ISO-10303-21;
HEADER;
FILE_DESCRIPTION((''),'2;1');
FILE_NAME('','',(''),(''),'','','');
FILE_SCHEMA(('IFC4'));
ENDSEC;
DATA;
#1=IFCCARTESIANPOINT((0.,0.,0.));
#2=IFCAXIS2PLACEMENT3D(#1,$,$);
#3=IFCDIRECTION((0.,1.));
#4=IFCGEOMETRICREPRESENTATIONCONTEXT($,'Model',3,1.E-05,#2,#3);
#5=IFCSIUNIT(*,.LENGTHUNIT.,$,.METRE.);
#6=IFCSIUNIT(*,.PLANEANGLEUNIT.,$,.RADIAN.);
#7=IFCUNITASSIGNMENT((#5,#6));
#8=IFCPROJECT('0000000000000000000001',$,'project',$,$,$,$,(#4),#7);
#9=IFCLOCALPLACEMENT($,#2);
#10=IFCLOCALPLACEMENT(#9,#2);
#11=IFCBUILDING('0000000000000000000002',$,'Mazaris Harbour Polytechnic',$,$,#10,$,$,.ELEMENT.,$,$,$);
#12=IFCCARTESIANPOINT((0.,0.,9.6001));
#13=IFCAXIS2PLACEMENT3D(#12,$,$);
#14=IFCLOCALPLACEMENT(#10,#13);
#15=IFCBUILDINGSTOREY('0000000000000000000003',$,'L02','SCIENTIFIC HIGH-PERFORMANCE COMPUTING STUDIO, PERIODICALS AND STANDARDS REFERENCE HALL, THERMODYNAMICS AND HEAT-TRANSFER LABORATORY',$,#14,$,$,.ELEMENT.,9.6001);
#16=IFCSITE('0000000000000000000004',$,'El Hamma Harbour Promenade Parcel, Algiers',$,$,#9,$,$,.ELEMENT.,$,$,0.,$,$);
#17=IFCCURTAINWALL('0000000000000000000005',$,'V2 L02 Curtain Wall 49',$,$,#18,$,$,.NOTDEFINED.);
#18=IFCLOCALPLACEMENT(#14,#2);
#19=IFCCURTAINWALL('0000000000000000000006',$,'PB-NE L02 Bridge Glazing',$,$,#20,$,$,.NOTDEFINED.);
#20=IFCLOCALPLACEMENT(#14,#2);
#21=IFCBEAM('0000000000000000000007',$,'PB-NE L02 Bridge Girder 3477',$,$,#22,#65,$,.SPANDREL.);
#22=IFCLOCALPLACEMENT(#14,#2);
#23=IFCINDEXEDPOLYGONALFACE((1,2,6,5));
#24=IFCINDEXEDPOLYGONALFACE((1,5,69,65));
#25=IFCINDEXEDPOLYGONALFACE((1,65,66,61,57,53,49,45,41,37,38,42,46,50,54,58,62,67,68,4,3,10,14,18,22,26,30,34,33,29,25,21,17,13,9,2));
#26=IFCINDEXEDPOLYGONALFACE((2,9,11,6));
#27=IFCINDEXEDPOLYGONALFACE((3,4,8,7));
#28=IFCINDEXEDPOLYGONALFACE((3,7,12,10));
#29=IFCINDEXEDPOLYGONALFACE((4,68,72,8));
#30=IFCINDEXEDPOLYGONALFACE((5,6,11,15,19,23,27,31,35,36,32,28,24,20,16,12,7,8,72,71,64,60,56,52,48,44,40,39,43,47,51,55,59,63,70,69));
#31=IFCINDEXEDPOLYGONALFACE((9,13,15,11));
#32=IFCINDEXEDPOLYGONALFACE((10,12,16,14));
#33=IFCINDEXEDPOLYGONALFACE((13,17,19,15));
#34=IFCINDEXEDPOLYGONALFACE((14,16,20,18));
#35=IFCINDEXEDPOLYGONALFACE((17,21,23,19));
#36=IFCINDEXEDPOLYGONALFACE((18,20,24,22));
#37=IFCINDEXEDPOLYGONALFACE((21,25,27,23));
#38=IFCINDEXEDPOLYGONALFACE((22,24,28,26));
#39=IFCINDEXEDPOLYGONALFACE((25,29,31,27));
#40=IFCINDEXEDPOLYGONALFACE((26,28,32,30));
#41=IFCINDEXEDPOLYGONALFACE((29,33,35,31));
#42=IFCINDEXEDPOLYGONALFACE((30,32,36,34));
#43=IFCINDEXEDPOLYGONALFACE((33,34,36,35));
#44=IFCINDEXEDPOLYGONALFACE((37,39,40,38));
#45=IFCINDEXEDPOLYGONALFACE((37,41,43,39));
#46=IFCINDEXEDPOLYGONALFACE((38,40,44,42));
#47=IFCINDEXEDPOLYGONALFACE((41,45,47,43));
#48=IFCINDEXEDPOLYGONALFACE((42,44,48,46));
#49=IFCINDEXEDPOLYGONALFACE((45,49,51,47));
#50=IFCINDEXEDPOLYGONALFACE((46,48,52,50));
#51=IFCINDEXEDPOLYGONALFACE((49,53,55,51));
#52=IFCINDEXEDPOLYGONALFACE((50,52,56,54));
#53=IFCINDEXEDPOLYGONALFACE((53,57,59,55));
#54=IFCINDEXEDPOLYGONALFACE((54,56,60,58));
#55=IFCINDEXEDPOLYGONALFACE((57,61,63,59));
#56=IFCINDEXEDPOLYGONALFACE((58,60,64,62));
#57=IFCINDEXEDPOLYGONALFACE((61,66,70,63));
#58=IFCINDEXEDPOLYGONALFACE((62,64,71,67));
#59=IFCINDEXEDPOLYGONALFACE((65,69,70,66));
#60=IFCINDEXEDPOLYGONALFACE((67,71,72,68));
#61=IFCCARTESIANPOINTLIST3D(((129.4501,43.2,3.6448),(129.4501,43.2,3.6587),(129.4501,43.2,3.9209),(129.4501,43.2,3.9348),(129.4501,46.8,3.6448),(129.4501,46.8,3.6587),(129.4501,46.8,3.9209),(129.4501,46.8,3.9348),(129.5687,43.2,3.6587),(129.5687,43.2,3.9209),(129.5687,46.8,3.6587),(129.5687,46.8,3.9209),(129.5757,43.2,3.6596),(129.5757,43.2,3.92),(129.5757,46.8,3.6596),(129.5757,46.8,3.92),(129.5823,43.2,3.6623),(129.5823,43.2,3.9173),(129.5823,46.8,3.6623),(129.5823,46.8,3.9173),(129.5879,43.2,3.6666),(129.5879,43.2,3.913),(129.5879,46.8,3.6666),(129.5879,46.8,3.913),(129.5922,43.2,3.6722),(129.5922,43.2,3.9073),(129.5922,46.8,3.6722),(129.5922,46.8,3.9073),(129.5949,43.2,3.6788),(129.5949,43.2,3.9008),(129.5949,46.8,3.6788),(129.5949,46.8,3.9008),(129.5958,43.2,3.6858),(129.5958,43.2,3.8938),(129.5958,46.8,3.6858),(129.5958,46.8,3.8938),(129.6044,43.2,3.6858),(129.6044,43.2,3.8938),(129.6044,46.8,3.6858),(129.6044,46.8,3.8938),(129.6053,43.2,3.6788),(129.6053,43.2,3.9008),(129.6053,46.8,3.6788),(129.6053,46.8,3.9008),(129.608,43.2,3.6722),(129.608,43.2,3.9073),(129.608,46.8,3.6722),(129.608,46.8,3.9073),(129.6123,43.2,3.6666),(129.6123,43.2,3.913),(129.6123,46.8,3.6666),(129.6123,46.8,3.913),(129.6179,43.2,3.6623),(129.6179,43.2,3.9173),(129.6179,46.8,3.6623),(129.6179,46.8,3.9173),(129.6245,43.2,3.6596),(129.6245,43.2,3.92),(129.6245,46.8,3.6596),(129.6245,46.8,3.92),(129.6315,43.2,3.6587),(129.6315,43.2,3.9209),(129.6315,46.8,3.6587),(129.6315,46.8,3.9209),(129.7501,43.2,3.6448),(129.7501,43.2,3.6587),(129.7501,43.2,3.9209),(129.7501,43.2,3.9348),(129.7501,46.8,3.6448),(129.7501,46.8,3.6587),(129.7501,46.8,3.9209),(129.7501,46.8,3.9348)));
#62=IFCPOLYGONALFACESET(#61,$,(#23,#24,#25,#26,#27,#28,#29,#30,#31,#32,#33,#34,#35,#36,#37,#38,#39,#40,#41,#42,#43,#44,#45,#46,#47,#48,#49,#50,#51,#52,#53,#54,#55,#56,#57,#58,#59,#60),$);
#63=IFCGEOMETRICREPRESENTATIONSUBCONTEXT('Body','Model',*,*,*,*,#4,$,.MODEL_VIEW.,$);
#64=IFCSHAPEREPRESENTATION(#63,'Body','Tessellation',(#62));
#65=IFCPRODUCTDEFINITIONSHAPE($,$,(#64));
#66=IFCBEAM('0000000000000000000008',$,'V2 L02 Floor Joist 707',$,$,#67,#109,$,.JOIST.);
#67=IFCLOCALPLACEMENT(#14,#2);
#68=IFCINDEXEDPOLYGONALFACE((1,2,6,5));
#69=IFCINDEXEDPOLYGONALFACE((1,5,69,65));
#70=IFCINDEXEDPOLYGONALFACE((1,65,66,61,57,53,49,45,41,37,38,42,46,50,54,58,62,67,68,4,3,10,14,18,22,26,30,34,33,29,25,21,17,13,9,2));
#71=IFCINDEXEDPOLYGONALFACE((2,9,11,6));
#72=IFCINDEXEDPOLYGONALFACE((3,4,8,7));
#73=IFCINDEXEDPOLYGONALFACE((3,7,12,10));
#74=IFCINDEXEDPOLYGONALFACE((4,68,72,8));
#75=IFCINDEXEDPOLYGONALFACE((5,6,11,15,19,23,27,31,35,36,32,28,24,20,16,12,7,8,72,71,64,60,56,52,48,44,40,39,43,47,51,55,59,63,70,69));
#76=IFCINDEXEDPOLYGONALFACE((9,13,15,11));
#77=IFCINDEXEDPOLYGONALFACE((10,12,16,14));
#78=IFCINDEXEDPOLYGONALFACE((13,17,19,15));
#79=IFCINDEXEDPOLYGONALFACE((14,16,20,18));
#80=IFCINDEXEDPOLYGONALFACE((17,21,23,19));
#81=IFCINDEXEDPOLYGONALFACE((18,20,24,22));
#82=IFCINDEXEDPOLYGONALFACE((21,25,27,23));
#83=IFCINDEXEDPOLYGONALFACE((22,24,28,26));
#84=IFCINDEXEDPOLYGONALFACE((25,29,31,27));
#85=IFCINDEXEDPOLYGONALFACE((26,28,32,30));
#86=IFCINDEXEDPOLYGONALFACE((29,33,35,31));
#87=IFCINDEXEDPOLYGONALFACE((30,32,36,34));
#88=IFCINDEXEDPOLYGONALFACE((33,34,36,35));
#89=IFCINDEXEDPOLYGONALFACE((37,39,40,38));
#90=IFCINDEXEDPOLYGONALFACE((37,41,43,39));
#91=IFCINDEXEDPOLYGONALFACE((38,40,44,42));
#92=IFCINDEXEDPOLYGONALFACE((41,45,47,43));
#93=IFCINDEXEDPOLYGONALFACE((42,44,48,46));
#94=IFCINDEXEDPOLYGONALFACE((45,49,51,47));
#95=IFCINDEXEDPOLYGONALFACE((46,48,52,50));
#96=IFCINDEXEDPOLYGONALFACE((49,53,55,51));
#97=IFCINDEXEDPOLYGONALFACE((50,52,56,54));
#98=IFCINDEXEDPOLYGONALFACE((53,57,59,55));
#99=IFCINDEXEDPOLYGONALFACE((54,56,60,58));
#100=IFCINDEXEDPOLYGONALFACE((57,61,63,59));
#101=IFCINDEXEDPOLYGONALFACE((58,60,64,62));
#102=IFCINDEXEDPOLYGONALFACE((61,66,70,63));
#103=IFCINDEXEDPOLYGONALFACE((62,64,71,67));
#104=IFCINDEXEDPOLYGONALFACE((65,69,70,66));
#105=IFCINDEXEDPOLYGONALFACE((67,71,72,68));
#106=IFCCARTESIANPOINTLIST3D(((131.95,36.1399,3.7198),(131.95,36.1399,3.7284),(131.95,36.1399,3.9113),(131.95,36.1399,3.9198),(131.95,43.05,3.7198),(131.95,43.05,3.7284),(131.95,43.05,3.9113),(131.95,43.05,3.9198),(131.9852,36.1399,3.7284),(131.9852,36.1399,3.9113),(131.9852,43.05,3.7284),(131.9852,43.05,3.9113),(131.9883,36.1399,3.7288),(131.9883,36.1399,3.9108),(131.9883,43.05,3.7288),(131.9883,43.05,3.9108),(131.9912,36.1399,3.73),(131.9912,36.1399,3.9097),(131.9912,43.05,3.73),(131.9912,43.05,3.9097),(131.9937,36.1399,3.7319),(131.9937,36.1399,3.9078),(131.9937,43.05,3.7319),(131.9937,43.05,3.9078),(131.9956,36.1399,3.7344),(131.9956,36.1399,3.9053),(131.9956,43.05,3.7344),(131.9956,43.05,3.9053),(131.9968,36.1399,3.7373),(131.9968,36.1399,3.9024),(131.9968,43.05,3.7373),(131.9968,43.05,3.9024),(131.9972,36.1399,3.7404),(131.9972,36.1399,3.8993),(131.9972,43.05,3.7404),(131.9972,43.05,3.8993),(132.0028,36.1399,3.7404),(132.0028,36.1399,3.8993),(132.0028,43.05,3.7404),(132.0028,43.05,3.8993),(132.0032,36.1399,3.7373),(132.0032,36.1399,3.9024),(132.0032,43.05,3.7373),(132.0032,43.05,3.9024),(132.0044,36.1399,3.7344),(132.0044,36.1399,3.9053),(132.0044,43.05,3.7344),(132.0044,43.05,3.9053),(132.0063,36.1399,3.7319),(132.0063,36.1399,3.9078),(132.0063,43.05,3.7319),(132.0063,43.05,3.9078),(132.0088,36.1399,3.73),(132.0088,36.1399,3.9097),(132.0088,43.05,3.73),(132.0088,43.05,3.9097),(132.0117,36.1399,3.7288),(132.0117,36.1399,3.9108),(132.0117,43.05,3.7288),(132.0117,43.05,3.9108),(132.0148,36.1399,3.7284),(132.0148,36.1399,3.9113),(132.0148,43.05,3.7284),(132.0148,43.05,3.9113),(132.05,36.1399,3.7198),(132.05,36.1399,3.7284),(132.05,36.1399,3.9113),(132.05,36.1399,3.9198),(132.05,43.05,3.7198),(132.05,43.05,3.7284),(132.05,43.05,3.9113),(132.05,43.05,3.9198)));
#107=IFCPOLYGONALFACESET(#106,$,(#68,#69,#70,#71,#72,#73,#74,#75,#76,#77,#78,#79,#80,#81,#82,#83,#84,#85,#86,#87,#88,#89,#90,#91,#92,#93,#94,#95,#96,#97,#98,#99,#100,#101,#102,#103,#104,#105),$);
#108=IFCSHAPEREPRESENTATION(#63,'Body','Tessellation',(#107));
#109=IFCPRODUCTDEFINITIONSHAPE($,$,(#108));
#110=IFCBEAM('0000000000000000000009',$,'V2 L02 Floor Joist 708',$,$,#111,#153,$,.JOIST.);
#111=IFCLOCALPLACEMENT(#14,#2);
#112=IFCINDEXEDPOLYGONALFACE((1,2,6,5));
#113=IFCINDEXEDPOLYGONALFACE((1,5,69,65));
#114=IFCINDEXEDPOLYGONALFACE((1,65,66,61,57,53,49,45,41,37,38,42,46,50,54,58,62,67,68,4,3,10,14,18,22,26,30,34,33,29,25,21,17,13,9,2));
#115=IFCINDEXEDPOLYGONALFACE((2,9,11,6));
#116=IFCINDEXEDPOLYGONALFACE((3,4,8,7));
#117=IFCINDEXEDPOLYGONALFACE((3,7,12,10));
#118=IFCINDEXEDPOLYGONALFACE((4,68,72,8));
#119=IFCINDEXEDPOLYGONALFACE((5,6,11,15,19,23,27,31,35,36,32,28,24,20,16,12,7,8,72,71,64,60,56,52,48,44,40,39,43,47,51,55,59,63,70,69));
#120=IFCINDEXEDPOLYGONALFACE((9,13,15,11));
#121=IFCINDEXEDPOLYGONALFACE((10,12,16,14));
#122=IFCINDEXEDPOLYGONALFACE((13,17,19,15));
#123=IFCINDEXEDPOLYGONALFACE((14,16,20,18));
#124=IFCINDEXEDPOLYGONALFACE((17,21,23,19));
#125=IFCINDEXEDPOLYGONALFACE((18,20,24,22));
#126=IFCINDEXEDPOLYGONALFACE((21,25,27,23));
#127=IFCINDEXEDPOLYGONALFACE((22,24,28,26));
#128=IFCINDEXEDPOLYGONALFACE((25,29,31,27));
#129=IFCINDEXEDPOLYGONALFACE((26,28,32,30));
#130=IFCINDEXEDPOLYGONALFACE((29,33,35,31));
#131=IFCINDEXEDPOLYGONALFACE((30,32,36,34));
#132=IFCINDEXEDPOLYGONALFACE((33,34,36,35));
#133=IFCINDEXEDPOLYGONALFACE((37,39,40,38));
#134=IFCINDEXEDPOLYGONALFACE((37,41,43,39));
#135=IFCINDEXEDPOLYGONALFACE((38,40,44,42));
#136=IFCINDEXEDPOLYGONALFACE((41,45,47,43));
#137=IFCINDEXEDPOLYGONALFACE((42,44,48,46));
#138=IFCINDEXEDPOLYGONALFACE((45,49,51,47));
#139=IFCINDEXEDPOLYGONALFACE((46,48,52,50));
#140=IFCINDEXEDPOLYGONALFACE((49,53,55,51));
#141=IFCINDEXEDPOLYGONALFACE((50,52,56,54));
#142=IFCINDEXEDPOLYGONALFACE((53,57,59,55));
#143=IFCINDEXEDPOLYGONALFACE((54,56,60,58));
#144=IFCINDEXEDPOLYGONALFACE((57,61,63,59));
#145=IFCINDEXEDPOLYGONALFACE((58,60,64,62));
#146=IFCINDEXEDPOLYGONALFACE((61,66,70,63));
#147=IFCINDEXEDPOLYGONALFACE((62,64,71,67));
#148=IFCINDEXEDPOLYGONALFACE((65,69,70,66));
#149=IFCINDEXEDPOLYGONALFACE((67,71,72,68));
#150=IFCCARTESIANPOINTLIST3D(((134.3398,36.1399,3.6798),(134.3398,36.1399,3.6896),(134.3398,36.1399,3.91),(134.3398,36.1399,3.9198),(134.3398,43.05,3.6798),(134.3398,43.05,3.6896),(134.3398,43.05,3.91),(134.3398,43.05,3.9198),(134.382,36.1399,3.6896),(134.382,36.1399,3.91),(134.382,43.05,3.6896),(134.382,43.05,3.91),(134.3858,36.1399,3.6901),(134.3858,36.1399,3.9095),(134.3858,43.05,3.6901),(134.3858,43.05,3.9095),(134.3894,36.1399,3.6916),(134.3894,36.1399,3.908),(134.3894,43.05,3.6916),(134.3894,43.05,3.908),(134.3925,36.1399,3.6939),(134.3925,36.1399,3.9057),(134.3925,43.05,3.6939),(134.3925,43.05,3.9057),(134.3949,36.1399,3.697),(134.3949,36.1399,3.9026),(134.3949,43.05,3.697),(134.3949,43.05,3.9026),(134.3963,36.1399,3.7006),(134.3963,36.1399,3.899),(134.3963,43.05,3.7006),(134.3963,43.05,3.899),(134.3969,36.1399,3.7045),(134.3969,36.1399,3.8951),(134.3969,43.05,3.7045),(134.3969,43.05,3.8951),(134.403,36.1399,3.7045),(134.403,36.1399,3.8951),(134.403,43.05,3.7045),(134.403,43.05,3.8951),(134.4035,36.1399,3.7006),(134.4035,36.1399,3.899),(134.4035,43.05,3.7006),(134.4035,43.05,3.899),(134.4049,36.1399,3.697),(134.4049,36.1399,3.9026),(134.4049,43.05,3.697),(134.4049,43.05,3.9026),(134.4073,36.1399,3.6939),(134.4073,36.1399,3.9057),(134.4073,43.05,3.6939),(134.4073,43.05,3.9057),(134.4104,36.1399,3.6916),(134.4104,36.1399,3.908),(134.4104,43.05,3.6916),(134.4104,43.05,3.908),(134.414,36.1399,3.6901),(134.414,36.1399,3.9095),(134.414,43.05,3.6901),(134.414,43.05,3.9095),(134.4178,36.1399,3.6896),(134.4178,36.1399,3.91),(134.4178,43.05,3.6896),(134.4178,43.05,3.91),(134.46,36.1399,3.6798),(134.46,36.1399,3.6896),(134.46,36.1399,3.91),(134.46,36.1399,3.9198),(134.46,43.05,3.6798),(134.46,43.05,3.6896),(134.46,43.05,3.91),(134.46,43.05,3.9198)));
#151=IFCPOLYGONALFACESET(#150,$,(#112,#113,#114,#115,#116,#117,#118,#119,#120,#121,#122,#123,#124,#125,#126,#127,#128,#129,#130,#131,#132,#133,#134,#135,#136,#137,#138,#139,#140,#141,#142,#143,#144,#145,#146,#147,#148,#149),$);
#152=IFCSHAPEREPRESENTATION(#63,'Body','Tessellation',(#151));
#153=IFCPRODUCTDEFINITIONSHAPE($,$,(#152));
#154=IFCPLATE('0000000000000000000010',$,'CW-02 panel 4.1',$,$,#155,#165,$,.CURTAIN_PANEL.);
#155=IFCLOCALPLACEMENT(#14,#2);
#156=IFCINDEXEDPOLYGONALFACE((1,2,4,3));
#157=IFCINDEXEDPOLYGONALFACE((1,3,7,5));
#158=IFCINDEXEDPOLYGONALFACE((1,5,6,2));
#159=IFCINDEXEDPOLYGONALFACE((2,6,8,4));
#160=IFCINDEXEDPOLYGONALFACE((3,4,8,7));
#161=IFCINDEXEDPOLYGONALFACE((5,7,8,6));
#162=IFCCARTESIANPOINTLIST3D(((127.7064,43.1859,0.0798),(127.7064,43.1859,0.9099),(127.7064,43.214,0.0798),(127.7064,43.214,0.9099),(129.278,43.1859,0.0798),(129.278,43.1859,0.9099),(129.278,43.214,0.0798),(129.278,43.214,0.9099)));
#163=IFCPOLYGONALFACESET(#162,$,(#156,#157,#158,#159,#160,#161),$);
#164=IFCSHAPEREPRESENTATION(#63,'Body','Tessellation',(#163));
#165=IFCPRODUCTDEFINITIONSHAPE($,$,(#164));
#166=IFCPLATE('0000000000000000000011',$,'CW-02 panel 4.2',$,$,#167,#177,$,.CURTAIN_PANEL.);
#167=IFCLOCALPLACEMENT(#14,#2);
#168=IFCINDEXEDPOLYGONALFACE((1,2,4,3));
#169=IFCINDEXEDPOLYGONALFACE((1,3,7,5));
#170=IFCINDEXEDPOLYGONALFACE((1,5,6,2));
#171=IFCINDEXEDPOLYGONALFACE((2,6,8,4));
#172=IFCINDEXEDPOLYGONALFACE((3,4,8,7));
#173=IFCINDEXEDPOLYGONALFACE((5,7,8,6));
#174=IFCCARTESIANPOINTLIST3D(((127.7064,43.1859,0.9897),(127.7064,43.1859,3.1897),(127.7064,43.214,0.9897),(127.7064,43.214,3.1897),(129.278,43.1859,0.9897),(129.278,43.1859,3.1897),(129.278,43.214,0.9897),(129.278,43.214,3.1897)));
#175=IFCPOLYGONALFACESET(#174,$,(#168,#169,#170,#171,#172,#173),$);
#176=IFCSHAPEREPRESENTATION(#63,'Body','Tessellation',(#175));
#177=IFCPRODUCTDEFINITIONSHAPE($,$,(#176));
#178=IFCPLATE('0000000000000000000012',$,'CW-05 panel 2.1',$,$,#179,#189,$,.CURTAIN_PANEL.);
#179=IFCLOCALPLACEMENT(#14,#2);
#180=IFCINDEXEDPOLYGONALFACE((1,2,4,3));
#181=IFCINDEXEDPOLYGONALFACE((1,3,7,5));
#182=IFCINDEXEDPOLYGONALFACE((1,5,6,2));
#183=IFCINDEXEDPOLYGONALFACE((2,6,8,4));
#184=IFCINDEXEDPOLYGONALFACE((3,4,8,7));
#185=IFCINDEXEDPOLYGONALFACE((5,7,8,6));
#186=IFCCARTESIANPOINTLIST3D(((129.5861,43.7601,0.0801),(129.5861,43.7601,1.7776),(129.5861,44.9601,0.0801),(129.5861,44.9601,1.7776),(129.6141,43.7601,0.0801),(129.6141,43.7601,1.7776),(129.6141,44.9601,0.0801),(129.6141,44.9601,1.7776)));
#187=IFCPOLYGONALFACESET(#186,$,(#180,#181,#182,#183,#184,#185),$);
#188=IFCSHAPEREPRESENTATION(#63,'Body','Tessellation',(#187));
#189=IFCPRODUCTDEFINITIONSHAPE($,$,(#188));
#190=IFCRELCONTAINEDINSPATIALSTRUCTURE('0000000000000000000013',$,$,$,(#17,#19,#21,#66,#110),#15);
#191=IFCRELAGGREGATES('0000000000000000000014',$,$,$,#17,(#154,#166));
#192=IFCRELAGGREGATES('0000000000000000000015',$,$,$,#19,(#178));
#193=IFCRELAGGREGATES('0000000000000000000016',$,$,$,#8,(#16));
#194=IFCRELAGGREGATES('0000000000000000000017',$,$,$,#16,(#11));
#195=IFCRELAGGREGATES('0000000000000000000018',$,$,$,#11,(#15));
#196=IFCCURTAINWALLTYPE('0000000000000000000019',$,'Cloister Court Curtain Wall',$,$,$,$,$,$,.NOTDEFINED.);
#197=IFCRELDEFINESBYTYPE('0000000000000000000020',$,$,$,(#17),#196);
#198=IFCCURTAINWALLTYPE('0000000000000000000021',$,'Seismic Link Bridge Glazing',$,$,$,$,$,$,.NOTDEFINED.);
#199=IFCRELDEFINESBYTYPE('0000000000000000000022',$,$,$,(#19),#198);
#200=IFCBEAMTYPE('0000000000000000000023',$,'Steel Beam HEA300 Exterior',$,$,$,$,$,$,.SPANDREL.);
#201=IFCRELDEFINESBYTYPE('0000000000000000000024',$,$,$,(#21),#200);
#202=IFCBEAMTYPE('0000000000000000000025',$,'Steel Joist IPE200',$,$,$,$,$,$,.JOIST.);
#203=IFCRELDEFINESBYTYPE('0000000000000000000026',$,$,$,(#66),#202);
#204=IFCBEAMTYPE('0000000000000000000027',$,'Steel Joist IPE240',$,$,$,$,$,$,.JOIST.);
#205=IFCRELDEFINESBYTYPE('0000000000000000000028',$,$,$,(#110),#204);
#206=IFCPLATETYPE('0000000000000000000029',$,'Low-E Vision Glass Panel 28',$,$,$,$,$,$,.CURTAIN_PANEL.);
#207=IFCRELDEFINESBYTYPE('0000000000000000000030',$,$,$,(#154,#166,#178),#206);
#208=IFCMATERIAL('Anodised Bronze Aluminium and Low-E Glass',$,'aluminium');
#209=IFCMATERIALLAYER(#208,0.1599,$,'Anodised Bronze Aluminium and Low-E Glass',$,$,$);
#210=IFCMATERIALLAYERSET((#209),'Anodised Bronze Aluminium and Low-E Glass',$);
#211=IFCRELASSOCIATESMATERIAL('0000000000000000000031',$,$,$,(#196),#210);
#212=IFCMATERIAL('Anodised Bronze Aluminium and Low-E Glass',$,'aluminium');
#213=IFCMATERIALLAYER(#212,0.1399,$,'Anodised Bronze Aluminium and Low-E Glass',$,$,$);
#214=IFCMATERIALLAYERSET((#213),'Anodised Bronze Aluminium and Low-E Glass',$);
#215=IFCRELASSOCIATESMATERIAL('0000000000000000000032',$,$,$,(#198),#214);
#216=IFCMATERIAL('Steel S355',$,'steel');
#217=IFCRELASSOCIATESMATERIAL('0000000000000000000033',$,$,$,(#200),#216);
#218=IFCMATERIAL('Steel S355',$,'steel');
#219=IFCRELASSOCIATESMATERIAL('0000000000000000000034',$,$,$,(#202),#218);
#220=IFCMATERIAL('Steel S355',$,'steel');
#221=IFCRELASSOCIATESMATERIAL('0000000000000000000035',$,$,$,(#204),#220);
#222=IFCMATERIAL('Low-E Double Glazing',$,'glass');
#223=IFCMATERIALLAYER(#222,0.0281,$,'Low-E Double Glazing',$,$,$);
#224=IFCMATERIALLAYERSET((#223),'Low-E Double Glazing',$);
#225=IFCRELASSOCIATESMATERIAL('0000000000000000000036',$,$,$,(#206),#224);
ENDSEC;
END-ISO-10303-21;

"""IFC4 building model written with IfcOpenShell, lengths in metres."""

from ifc_helpers import new_model, si_unit, direction, frame, origin, origin_2d, place, context, subcontext, project, spatial, rectangle, i_section, extrude, material, layer, layer_set, material_profile, profile_set, type_object, element, aggregate, save


model = new_model("IFC4")

# Units and contexts
model_context = context("Model", 3, precision=1e-05, world=origin(), true_north=direction((0.0, 1.0)))
body_context = subcontext(model_context, "Body", "Model", "MODEL_VIEW")
ifc_project = project(units=[si_unit("LENGTHUNIT", "METRE"), si_unit("PLANEANGLEUNIT", "RADIAN")], contexts=[model_context])

# Site, building, storey
site_placement = place(None, origin())
site = spatial("IfcSite", under=ifc_project, at=site_placement, Name="El Hamma Harbour Promenade Parcel, Algiers", CompositionType="ELEMENT", RefElevation=0.0)
building_placement = place(site_placement, origin())
building = spatial("IfcBuilding", under=site, at=building_placement, Name="Mazaris Harbour Polytechnic", CompositionType="ELEMENT")
storey_placement = place(building_placement, frame((0.0, 0.0, 9.6001)))
storey = spatial("IfcBuildingStorey", under=building, at=storey_placement, Name="L02", Description="SCIENTIFIC HIGH-PERFORMANCE COMPUTING STUDIO, PERIODICALS AND STANDARDS REFERENCE HALL, THERMODYNAMICS AND HEAT-TRANSFER LABORATORY", CompositionType="ELEMENT", Elevation=9.6001)

# Curtain walls
ifc_material_1 = material(Name="Anodised Bronze Aluminium and Low-E Glass", Category="aluminium")
ifc_layer_1 = layer(ifc_material_1, 0.1599, Name="Anodised Bronze Aluminium and Low-E Glass")
ifc_layer_set_1 = layer_set([ifc_layer_1], Name="Anodised Bronze Aluminium and Low-E Glass")
curtain_wall_type_1 = type_object("IfcCurtainWallType", Name="Cloister Court Curtain Wall", PredefinedType="NOTDEFINED", material=ifc_layer_set_1)
curtain_wall_1_placement = place(storey_placement, origin())
curtain_wall_1 = element("IfcCurtainWall", 1, at=curtain_wall_1_placement, inside=storey, type_object=curtain_wall_type_1, Name="V2 L02 Curtain Wall 49", PredefinedType="NOTDEFINED")
ifc_material_2 = material(Name="Anodised Bronze Aluminium and Low-E Glass", Category="aluminium")
ifc_layer_2 = layer(ifc_material_2, 0.1399, Name="Anodised Bronze Aluminium and Low-E Glass")
ifc_layer_set_2 = layer_set([ifc_layer_2], Name="Anodised Bronze Aluminium and Low-E Glass")
curtain_wall_type_2 = type_object("IfcCurtainWallType", Name="Seismic Link Bridge Glazing", PredefinedType="NOTDEFINED", material=ifc_layer_set_2)
curtain_wall_2_placement = place(storey_placement, origin())
curtain_wall_2 = element("IfcCurtainWall", 2, at=curtain_wall_2_placement, inside=storey, type_object=curtain_wall_type_2, Name="PB-NE L02 Bridge Glazing", PredefinedType="NOTDEFINED")

# Beams
ifc_material_3 = material(Name="Steel S355", Category="steel")
ifc_material_profile_1 = material_profile(ifc_material_3, i_section(OverallWidth=0.3, OverallDepth=0.29, WebThickness=0.0085, FlangeThickness=0.0139, FilletRadius=0.0271, at=origin_2d()), Name="HEA 300")
ifc_profile_set_1 = profile_set([ifc_material_profile_1], Name="Steel S355")
beam_type_1 = type_object("IfcBeamType", Name="Steel Beam HEA300 Exterior", PredefinedType="SPANDREL", material=ifc_profile_set_1)
beam_1_placement = place(storey_placement, frame((129.6001, 43.2, 3.7898), z_axis=(0.0, 1.0, 0.0), x_axis=(-1.0, 0.0, 0.0)))
element("IfcBeam", 3, at=beam_1_placement, inside=storey, type_object=beam_type_1, Name="PB-NE L02 Bridge Girder 3477", PredefinedType="SPANDREL", context=body_context, shape_type="SweptSolid", body=[
    extrude(i_section(OverallWidth=0.3, OverallDepth=0.29, WebThickness=0.0085, FlangeThickness=0.0139, FilletRadius=0.0271, at=origin_2d()), origin(), (0.0, 0.0, 1.0), 3.6001),
])
ifc_material_4 = material(Name="Steel S355", Category="steel")
ifc_material_profile_2 = material_profile(ifc_material_4, i_section(OverallWidth=0.1001, OverallDepth=0.2, WebThickness=0.0056, FlangeThickness=0.0085, FilletRadius=0.012, at=origin_2d()), Name="IPE 200")
ifc_profile_set_2 = profile_set([ifc_material_profile_2], Name="Steel S355")
beam_type_2 = type_object("IfcBeamType", Name="Steel Joist IPE200", PredefinedType="JOIST", material=ifc_profile_set_2)
beam_2_placement = place(storey_placement, frame((132.0, 36.1399, 3.8198), z_axis=(0.0, 1.0, 0.0), x_axis=(-1.0, 0.0, 0.0)))
element("IfcBeam", 4, at=beam_2_placement, inside=storey, type_object=beam_type_2, Name="V2 L02 Floor Joist 707", PredefinedType="JOIST", context=body_context, shape_type="SweptSolid", body=[
    extrude(i_section(OverallWidth=0.1001, OverallDepth=0.2, WebThickness=0.0056, FlangeThickness=0.0085, FilletRadius=0.012, at=origin_2d()), origin(), (0.0, 0.0, 1.0), 6.9102),
])
ifc_material_5 = material(Name="Steel S355", Category="steel")
ifc_material_profile_3 = material_profile(ifc_material_5, i_section(OverallWidth=0.1201, OverallDepth=0.24, WebThickness=0.0061, FlangeThickness=0.0098, FilletRadius=0.0149, at=origin_2d()), Name="IPE 240")
ifc_profile_set_3 = profile_set([ifc_material_profile_3], Name="Steel S355")
beam_type_3 = type_object("IfcBeamType", Name="Steel Joist IPE240", PredefinedType="JOIST", material=ifc_profile_set_3)
beam_3_placement = place(storey_placement, frame((134.3999, 36.1399, 3.7998), z_axis=(0.0, 1.0, 0.0), x_axis=(-1.0, 0.0, 0.0)))
element("IfcBeam", 5, at=beam_3_placement, inside=storey, type_object=beam_type_3, Name="V2 L02 Floor Joist 708", PredefinedType="JOIST", context=body_context, shape_type="SweptSolid", body=[
    extrude(i_section(OverallWidth=0.1201, OverallDepth=0.24, WebThickness=0.0061, FlangeThickness=0.0098, FilletRadius=0.0149, at=origin_2d()), origin(), (0.0, 0.0, 1.0), 6.9102),
])

# Plates
ifc_material_6 = material(Name="Low-E Double Glazing", Category="glass")
ifc_layer_3 = layer(ifc_material_6, 0.0281, Name="Low-E Double Glazing")
ifc_layer_set_3 = layer_set([ifc_layer_3], Name="Low-E Double Glazing")
plate_type = type_object("IfcPlateType", Name="Low-E Vision Glass Panel 28", PredefinedType="CURTAIN_PANEL", material=ifc_layer_set_3)
plate_1_placement = place(storey_placement, frame((128.4922, 43.2, 0.0798), z_axis=(0.0, 0.0, 1.0), x_axis=(1.0, 0.0, 0.0)))
plate_1 = element("IfcPlate", 6, at=plate_1_placement, type_object=plate_type, Name="CW-02 panel 4.1", PredefinedType="CURTAIN_PANEL", context=body_context, shape_type="SweptSolid", body=[
    extrude(rectangle(XDim=1.5715, YDim=0.0281, at=origin_2d()), origin(), (0.0, 0.0, 1.0), 0.8301),
])
plate_2_placement = place(storey_placement, frame((128.4922, 43.2, 0.9897), z_axis=(0.0, 0.0, 1.0), x_axis=(1.0, 0.0, 0.0)))
plate_2 = element("IfcPlate", 7, at=plate_2_placement, type_object=plate_type, Name="CW-02 panel 4.2", PredefinedType="CURTAIN_PANEL", context=body_context, shape_type="SweptSolid", body=[
    extrude(rectangle(XDim=1.5715, YDim=0.0281, at=origin_2d()), origin(), (0.0, 0.0, 1.0), 2.2),
])
aggregate(curtain_wall_1, [plate_1, plate_2])
plate_3_placement = place(storey_placement, frame((129.6001, 44.3601, 0.0801), z_axis=(0.0, 0.0, 1.0), x_axis=(0.0, -1.0, 0.0)))
plate_3 = element("IfcPlate", 8, at=plate_3_placement, type_object=plate_type, Name="CW-05 panel 2.1", PredefinedType="CURTAIN_PANEL", context=body_context, shape_type="SweptSolid", body=[
    extrude(rectangle(XDim=1.2, YDim=0.0281, at=origin_2d()), origin(), (0.0, 0.0, 1.0), 1.6975),
])
aggregate(curtain_wall_2, [plate_3])

save(model, "model.ifc")
